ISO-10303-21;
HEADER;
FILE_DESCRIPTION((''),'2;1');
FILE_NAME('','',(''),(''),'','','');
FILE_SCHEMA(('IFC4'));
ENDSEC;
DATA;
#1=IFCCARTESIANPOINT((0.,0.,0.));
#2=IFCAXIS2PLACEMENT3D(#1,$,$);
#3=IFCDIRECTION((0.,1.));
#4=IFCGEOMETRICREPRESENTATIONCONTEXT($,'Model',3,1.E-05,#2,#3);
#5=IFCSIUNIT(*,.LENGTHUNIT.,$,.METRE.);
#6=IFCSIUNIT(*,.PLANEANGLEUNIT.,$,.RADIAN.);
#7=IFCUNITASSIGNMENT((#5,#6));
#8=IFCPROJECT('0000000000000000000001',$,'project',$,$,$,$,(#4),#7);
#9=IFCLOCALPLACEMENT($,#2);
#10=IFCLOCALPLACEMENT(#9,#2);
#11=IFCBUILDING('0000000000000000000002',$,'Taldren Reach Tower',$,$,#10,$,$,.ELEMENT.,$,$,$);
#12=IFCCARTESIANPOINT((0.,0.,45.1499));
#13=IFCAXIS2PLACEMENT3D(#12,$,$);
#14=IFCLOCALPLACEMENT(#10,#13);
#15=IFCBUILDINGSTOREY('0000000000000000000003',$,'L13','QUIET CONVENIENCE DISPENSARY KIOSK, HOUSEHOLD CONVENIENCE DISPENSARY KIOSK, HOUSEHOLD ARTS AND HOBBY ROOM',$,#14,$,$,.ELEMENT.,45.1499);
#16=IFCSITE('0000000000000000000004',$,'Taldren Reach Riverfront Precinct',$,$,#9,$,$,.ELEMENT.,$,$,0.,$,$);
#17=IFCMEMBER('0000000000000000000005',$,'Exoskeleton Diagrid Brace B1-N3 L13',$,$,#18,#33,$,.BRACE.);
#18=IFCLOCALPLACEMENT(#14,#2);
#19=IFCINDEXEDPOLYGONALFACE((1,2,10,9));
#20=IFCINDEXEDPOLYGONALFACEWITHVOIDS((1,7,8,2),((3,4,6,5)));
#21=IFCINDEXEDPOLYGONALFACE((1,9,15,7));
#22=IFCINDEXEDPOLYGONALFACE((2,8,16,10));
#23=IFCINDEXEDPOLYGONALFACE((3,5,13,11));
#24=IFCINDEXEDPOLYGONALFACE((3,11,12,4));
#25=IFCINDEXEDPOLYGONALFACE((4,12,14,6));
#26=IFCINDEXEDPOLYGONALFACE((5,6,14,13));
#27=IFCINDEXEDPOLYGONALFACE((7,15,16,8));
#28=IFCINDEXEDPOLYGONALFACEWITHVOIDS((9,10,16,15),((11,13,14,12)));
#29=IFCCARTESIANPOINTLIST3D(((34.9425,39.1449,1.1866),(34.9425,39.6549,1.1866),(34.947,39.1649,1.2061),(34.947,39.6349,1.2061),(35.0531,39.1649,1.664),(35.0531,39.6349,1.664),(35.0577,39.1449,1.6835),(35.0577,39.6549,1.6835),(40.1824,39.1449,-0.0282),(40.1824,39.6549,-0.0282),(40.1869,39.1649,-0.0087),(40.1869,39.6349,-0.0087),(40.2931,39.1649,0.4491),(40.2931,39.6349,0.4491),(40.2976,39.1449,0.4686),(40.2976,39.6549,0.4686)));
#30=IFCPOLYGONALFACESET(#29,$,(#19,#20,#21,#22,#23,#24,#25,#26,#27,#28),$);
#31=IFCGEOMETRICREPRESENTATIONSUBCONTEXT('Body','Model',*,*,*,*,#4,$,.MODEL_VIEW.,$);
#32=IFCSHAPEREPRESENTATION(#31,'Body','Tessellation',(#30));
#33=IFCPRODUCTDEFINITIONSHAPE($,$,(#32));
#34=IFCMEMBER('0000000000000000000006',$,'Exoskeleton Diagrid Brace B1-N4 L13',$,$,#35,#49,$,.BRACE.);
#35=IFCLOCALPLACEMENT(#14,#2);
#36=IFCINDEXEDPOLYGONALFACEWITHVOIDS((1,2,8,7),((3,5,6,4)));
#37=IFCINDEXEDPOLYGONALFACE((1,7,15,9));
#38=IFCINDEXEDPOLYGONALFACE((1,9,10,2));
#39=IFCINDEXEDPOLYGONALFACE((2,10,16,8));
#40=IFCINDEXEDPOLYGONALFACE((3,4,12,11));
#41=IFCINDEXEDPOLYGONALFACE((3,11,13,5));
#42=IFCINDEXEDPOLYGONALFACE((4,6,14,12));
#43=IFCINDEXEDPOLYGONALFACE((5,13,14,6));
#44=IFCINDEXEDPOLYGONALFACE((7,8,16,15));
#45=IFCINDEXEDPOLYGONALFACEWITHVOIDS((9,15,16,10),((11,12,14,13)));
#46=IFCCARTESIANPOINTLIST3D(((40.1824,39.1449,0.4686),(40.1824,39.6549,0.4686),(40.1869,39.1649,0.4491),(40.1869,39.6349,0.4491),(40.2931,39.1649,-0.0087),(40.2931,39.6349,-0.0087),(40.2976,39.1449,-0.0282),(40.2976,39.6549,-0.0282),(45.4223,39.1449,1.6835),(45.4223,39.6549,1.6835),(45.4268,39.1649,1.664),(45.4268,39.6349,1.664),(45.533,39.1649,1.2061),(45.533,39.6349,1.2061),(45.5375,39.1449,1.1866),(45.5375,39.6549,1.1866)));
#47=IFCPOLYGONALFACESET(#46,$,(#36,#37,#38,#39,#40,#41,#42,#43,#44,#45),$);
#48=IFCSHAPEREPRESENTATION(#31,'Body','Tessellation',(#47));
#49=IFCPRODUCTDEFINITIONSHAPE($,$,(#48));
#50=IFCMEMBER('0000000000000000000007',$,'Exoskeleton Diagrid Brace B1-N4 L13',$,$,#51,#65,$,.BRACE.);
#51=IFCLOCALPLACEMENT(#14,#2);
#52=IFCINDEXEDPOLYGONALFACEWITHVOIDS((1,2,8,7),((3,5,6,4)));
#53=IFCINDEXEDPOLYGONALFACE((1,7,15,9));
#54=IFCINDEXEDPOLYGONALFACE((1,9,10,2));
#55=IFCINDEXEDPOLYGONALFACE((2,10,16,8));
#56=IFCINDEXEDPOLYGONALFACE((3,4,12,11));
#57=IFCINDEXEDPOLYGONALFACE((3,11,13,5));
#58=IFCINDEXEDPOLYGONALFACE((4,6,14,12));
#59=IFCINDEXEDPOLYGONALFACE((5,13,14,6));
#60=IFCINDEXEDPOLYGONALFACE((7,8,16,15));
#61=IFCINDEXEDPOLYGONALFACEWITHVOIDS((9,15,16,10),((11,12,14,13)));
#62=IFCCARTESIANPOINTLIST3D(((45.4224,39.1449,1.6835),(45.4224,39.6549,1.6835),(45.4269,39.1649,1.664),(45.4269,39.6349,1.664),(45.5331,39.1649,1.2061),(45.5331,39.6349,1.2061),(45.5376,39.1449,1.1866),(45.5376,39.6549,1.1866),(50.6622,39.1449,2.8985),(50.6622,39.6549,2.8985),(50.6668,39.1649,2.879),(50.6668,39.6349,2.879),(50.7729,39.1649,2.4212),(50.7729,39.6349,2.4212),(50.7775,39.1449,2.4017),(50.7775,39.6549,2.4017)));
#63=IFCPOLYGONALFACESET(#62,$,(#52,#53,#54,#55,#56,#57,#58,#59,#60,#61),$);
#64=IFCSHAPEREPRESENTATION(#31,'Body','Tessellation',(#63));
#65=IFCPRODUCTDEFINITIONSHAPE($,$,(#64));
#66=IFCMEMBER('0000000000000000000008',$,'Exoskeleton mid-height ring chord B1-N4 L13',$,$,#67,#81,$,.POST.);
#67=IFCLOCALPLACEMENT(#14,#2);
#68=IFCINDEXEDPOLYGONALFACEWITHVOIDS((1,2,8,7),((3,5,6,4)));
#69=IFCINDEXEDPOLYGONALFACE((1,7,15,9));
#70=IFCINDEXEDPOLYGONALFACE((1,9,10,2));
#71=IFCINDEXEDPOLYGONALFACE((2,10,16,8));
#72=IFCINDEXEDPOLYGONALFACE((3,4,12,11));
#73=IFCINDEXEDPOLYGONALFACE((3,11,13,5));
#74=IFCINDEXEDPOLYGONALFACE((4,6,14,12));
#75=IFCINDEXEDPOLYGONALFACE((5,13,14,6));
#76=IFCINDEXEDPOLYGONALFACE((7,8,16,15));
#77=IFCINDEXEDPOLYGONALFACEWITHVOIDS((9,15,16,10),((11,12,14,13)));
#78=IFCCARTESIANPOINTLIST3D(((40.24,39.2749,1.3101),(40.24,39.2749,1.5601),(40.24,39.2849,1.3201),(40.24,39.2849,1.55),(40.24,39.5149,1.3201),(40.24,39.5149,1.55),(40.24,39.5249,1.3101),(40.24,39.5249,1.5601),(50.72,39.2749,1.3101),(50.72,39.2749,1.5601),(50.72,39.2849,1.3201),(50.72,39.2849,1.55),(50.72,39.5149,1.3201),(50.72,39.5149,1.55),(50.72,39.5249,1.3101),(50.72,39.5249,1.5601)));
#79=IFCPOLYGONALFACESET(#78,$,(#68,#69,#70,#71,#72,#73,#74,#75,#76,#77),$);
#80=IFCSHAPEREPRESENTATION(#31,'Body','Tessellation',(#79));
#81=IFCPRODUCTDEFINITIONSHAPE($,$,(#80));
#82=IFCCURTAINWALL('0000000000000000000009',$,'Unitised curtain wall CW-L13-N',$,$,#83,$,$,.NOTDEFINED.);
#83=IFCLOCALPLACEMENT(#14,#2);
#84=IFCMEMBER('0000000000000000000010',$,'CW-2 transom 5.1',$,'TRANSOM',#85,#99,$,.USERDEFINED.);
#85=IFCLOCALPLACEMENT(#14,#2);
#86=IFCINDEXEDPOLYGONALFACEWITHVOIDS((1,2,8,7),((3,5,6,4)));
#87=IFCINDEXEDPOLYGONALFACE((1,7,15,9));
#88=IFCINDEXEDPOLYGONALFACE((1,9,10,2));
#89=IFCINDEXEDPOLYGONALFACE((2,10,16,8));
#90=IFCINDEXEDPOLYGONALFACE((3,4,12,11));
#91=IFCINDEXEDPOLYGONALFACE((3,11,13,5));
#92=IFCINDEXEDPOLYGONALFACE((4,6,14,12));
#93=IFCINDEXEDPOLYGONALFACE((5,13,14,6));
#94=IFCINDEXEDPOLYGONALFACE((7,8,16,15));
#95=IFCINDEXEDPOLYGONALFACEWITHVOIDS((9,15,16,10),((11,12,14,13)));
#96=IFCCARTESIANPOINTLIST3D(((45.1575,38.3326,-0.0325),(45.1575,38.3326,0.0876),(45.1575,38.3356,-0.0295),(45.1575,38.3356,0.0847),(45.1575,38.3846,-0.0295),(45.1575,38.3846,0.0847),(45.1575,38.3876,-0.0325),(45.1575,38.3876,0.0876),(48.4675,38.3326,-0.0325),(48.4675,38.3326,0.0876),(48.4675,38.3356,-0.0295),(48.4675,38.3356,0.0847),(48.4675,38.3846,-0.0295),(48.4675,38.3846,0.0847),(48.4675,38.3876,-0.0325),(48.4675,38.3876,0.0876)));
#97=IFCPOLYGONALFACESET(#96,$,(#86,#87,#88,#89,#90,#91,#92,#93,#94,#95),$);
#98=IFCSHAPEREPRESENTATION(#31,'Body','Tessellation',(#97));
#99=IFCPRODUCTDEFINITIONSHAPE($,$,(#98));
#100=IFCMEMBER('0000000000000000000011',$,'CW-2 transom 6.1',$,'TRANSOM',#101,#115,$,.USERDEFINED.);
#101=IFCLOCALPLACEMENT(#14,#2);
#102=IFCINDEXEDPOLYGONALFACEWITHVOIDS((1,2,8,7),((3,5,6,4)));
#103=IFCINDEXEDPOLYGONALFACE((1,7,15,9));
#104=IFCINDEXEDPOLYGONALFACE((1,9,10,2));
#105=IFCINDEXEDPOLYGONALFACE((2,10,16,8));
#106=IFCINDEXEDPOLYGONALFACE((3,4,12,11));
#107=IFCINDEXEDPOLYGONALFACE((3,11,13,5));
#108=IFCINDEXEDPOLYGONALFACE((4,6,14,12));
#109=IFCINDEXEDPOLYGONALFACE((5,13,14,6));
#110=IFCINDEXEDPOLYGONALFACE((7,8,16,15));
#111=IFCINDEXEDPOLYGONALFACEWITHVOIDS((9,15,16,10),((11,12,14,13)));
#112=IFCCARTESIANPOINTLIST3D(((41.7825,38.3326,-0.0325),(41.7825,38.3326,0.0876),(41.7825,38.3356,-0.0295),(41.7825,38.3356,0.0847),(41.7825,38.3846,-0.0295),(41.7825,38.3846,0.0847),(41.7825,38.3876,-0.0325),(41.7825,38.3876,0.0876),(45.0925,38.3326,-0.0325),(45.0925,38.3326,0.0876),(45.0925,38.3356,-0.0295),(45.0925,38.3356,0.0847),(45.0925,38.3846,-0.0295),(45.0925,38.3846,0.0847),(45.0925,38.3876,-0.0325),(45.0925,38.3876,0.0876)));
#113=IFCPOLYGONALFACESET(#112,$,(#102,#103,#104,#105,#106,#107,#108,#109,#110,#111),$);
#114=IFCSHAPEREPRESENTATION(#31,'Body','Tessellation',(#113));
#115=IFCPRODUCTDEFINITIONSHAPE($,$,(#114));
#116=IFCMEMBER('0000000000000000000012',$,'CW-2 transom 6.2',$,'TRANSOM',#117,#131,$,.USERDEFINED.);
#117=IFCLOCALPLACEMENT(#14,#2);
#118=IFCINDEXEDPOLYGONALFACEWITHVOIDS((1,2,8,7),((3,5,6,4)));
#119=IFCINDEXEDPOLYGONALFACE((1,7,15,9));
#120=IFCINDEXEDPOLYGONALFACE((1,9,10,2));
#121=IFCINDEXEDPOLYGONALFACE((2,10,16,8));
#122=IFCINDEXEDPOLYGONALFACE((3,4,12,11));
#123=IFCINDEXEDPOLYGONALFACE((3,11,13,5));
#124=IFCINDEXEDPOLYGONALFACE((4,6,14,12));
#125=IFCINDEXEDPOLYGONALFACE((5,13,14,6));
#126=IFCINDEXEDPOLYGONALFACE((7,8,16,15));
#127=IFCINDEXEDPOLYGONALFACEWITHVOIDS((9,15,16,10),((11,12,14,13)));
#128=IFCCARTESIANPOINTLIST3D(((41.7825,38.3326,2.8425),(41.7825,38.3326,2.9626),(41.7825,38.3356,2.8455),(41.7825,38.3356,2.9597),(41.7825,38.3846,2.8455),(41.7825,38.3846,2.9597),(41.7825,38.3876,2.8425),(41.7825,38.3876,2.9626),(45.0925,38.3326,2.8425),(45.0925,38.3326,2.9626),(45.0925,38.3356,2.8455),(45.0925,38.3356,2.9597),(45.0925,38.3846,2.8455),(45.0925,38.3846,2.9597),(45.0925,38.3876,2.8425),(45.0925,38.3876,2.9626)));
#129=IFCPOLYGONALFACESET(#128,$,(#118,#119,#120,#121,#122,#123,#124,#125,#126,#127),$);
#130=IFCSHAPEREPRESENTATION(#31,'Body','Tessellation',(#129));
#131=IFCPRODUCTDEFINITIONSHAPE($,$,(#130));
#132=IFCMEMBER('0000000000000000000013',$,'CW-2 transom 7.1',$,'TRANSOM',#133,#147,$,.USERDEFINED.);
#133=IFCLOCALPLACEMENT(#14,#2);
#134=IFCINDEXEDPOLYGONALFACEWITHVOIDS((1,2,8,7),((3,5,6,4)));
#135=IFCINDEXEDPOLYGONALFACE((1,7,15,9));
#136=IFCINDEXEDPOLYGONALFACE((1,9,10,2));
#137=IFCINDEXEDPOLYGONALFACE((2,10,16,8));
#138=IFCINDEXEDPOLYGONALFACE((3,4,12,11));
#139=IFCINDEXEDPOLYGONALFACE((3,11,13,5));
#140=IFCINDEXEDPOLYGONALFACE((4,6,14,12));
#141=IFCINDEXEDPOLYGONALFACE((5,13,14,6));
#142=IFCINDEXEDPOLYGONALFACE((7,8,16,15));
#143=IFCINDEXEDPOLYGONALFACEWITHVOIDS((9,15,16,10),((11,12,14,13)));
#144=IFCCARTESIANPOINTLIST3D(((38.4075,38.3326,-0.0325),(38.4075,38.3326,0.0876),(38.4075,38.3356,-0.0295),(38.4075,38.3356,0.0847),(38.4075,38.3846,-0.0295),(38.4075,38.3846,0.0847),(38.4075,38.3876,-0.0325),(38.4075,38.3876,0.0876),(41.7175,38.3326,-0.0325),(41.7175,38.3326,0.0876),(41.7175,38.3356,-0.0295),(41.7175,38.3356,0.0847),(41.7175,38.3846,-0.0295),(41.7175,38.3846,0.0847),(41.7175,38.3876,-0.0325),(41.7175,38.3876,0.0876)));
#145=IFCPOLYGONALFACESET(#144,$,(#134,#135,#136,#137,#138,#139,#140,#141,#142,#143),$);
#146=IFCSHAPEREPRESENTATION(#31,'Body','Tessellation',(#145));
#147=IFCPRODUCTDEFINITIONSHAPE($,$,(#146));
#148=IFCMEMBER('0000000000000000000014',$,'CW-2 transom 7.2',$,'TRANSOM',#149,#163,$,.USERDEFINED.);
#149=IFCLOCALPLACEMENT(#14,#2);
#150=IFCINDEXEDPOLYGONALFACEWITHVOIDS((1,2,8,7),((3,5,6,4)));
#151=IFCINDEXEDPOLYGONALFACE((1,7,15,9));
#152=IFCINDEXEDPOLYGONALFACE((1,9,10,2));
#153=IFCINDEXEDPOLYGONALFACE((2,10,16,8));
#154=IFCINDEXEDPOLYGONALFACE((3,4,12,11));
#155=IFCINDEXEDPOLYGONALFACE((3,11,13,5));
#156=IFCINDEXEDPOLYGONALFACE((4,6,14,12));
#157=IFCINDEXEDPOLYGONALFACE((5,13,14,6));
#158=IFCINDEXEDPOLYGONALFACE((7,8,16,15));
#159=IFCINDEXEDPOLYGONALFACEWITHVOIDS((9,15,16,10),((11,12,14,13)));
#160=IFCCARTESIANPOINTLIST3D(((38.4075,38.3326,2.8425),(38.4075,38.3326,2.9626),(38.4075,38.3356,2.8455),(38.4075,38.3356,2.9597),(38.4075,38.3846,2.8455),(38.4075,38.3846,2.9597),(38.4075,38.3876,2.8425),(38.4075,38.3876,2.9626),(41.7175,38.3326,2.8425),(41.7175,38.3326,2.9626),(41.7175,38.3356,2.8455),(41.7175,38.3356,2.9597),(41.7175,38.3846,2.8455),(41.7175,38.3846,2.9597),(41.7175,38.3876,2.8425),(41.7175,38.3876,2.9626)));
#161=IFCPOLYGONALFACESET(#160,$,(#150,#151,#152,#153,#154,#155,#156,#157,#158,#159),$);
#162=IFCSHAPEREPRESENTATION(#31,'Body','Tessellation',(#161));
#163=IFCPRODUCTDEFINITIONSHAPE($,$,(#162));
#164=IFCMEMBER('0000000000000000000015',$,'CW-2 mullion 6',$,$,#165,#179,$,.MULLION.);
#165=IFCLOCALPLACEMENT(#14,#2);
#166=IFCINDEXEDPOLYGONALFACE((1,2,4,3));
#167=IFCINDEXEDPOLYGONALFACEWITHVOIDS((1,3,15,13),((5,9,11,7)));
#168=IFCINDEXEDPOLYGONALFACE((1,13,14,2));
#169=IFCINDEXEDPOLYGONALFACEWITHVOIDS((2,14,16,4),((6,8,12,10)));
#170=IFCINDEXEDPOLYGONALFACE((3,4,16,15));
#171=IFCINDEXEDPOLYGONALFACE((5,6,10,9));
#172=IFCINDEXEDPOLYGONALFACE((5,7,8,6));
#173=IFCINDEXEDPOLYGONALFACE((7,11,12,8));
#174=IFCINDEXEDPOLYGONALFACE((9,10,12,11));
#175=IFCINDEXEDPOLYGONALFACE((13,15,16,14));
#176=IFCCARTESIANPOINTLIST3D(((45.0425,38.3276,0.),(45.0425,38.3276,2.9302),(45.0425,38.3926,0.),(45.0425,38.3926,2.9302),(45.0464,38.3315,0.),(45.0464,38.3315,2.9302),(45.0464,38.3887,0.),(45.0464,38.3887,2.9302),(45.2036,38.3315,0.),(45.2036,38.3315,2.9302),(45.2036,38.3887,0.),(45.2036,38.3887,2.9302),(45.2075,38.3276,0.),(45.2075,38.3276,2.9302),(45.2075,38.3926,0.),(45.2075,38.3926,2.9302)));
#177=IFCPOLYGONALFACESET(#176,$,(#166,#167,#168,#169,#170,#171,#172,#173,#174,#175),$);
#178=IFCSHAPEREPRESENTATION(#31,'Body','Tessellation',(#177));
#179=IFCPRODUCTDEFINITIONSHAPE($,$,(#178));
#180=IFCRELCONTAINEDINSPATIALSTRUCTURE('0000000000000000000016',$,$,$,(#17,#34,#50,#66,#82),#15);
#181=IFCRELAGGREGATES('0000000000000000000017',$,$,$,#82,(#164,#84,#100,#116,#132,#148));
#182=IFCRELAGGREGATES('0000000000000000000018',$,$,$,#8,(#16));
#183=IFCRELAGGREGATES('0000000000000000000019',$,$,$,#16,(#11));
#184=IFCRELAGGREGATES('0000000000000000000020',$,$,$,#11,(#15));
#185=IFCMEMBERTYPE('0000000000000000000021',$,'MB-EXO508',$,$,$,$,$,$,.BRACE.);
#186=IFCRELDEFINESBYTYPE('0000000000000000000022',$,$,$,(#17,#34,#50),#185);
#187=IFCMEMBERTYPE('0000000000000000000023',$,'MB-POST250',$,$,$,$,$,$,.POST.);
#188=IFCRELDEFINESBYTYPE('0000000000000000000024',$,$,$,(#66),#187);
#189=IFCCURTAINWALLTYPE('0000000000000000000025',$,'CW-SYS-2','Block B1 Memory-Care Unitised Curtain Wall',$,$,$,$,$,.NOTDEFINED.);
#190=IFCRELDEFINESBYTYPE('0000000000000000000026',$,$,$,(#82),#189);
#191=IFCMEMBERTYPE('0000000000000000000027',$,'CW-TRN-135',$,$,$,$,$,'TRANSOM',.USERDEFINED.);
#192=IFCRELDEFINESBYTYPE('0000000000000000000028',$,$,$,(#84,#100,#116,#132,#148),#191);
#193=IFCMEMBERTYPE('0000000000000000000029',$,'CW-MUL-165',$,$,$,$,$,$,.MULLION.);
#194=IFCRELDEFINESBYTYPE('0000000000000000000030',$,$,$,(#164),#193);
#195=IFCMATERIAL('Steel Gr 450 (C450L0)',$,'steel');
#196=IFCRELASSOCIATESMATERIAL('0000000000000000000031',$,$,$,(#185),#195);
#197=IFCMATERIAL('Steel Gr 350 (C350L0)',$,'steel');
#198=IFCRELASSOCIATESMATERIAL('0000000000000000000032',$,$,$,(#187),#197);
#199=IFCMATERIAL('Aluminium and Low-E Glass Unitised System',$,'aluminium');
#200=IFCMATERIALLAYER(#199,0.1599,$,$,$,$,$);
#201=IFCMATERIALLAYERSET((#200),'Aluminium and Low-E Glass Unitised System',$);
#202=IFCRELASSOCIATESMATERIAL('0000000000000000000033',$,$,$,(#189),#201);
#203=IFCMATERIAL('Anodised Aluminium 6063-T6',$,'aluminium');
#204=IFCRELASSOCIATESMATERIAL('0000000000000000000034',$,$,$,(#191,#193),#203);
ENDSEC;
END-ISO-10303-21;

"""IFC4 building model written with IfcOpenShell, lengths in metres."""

from ifc_helpers import new_model, si_unit, direction, frame, origin, origin_2d, place, context, subcontext, project, spatial, hollow_rectangle, extrude, source, transform, mapped, material, layer, layer_set, material_profile, profile_set, type_object, element, aggregate, save


model = new_model("IFC4")

# Units and contexts
model_context = context("Model", 3, precision=1e-05, world=origin(), true_north=direction((0.0, 1.0)))
body_context = subcontext(model_context, "Body", "Model", "MODEL_VIEW")
ifc_project = project(units=[si_unit("LENGTHUNIT", "METRE"), si_unit("PLANEANGLEUNIT", "RADIAN")], contexts=[model_context])

# Site, building, storey
site_placement = place(None, origin())
site = spatial("IfcSite", under=ifc_project, at=site_placement, Name="Taldren Reach Riverfront Precinct", CompositionType="ELEMENT", RefElevation=0.0)
building_placement = place(site_placement, origin())
building = spatial("IfcBuilding", under=site, at=building_placement, Name="Taldren Reach Tower", CompositionType="ELEMENT")
storey_placement = place(building_placement, frame((0.0, 0.0, 45.1499)))
storey = spatial("IfcBuildingStorey", under=building, at=storey_placement, Name="L13", Description="QUIET CONVENIENCE DISPENSARY KIOSK, HOUSEHOLD CONVENIENCE DISPENSARY KIOSK, HOUSEHOLD ARTS AND HOBBY ROOM", CompositionType="ELEMENT", Elevation=45.1499)

# Members
ifc_material_1 = material(Name="Steel Gr 450 (C450L0)", Category="steel")
ifc_material_profile_1 = material_profile(ifc_material_1, hollow_rectangle(XDim=0.51, YDim=0.51, WallThickness=0.02, at=origin_2d()), Name="510x510x20.0SHS")
ifc_profile_set_1 = profile_set([ifc_material_profile_1], Name="Steel Gr 450 (C450L0)")
member_type_1 = type_object("IfcMemberType", Name="MB-EXO508", PredefinedType="BRACE", material=ifc_profile_set_1)
shared_shape_1 = source(origin(), body_context, "Body", "SweptSolid", [
    extrude(hollow_rectangle(XDim=0.51, YDim=0.51, WallThickness=0.02, at=origin_2d()), origin(), (0.0, 0.0, 1.0), 5.3789),
])
for number, where, z_axis, x_axis, name in (
    (1, (40.24, 39.3999, 0.2202), (-0.974162, 0.0, 0.225851), (0.0, -1.0, 0.0), "Exoskeleton Diagrid Brace B1-N3 L13"),
    (2, (40.24, 39.3999, 0.2202), (0.974162, 0.0, 0.225851), (0.0, 1.0, 0.0), "Exoskeleton Diagrid Brace B1-N4 L13"),
    (3, (45.48, 39.3999, 1.4351), (0.974152, 0.0, 0.225894), (0.0, 1.0, 0.0), "Exoskeleton Diagrid Brace B1-N4 L13"),
):
    element("IfcMember", number, at=place(storey_placement, frame(where, z_axis=z_axis, x_axis=x_axis)), inside=storey, type_object=member_type_1, Name=name, PredefinedType="BRACE", context=body_context, shape_type="MappedRepresentation", body=[
        mapped(shared_shape_1, transform((0.0, 0.0, 0.0), scale=1.0)),
    ])
ifc_material_2 = material(Name="Steel Gr 350 (C350L0)", Category="steel")
ifc_material_profile_2 = material_profile(ifc_material_2, hollow_rectangle(XDim=0.25, YDim=0.25, WallThickness=0.01, at=origin_2d()), Name="250x250x10.0SHS")
ifc_profile_set_2 = profile_set([ifc_material_profile_2], Name="Steel Gr 350 (C350L0)")
member_type_2 = type_object("IfcMemberType", Name="MB-POST250", PredefinedType="POST", material=ifc_profile_set_2)
shared_shape_2 = source(origin(), body_context, "Body", "SweptSolid", [
    extrude(hollow_rectangle(XDim=0.25, YDim=0.25, WallThickness=0.01, at=origin_2d()), origin(), (0.0, 0.0, 1.0), 10.48),
])
member_1_placement = place(storey_placement, frame((40.24, 39.3999, 1.4351), z_axis=(1.0, 0.0, 0.0), x_axis=(0.0, 1.0, 0.0)))
element("IfcMember", 4, at=member_1_placement, inside=storey, type_object=member_type_2, Name="Exoskeleton mid-height ring chord B1-N4 L13", PredefinedType="POST", context=body_context, shape_type="MappedRepresentation", body=[
    mapped(shared_shape_2, transform((0.0, 0.0, 0.0), scale=1.0)),
])

# Curtain wall, members
ifc_material_3 = material(Name="Aluminium and Low-E Glass Unitised System", Category="aluminium")
ifc_layer_1 = layer(ifc_material_3, 0.1599)
ifc_layer_set_1 = layer_set([ifc_layer_1], Name="Aluminium and Low-E Glass Unitised System")
curtain_wall_type = type_object("IfcCurtainWallType", Name="CW-SYS-2", Description="Block B1 Memory-Care Unitised Curtain Wall", PredefinedType="NOTDEFINED", material=ifc_layer_set_1)
curtain_wall_placement = place(storey_placement, origin())
curtain_wall = element("IfcCurtainWall", 5, at=curtain_wall_placement, inside=storey, type_object=curtain_wall_type, Name="Unitised curtain wall CW-L13-N", PredefinedType="NOTDEFINED")
ifc_material_4 = material(Name="Anodised Aluminium 6063-T6", Category="aluminium")
ifc_material_profile_3 = material_profile(ifc_material_4, hollow_rectangle(XDim=0.0549, YDim=0.1201, WallThickness=0.0029, at=origin_2d()), Name="ALU-120x55x3RHS")
ifc_profile_set_3 = profile_set([ifc_material_profile_3], Name="Anodised Aluminium 6063-T6")
member_type_3 = type_object("IfcMemberType", Name="CW-TRN-135", ElementType="TRANSOM", PredefinedType="USERDEFINED", material=ifc_profile_set_3)
shared_shape_3 = source(origin(), body_context, "Body", "SweptSolid", [
    extrude(hollow_rectangle(XDim=0.0549, YDim=0.1201, WallThickness=0.0029, at=origin_2d()), origin(), (0.0, 0.0, 1.0), 3.3101),
])
member_2_placement = place(storey_placement, frame((48.4675, 38.3601, 0.0276), z_axis=(-1.0, 0.0, 0.0), x_axis=(0.0, -1.0, 0.0)))
member_2 = element("IfcMember", 6, at=member_2_placement, type_object=member_type_3, Name="CW-2 transom 5.1", ObjectType="TRANSOM", PredefinedType="USERDEFINED", context=body_context, shape_type="MappedRepresentation", body=[
    mapped(shared_shape_3, transform((0.0, 0.0, 0.0), scale=1.0)),
])
member_3_placement = place(storey_placement, frame((45.0925, 38.3601, 0.0276), z_axis=(-1.0, 0.0, 0.0), x_axis=(0.0, -1.0, 0.0)))
member_3 = element("IfcMember", 7, at=member_3_placement, type_object=member_type_3, Name="CW-2 transom 6.1", ObjectType="TRANSOM", PredefinedType="USERDEFINED", context=body_context, shape_type="MappedRepresentation", body=[
    mapped(shared_shape_3, transform((0.0, 0.0, 0.0), scale=1.0)),
])
member_4_placement = place(storey_placement, frame((45.0925, 38.3601, 2.9026), z_axis=(-1.0, 0.0, 0.0), x_axis=(0.0, -1.0, 0.0)))
member_4 = element("IfcMember", 8, at=member_4_placement, type_object=member_type_3, Name="CW-2 transom 6.2", ObjectType="TRANSOM", PredefinedType="USERDEFINED", context=body_context, shape_type="MappedRepresentation", body=[
    mapped(shared_shape_3, transform((0.0, 0.0, 0.0), scale=1.0)),
])
member_5_placement = place(storey_placement, frame((41.7175, 38.3601, 0.0276), z_axis=(-1.0, 0.0, 0.0), x_axis=(0.0, -1.0, 0.0)))
member_5 = element("IfcMember", 9, at=member_5_placement, type_object=member_type_3, Name="CW-2 transom 7.1", ObjectType="TRANSOM", PredefinedType="USERDEFINED", context=body_context, shape_type="MappedRepresentation", body=[
    mapped(shared_shape_3, transform((0.0, 0.0, 0.0), scale=1.0)),
])
member_6_placement = place(storey_placement, frame((41.7175, 38.3601, 2.9026), z_axis=(-1.0, 0.0, 0.0), x_axis=(0.0, -1.0, 0.0)))
member_6 = element("IfcMember", 10, at=member_6_placement, type_object=member_type_3, Name="CW-2 transom 7.2", ObjectType="TRANSOM", PredefinedType="USERDEFINED", context=body_context, shape_type="MappedRepresentation", body=[
    mapped(shared_shape_3, transform((0.0, 0.0, 0.0), scale=1.0)),
])
ifc_material_profile_4 = material_profile(ifc_material_4, hollow_rectangle(XDim=0.0649, YDim=0.165, WallThickness=0.0039, at=origin_2d()), Name="ALU-165x65x4RHS")
ifc_profile_set_4 = profile_set([ifc_material_profile_4], Name="Anodised Aluminium 6063-T6")
member_type_4 = type_object("IfcMemberType", Name="CW-MUL-165", PredefinedType="MULLION", material=ifc_profile_set_4)
shared_shape_4 = source(origin(), body_context, "Body", "SweptSolid", [
    extrude(hollow_rectangle(XDim=0.0649, YDim=0.165, WallThickness=0.0039, at=origin_2d()), origin(), (0.0, 0.0, 1.0), 2.9302),
])
member_7_placement = place(storey_placement, frame((45.125, 38.3601, 0.0), z_axis=(0.0, 0.0, 1.0), x_axis=(0.0, -1.0, 0.0)))
member_7 = element("IfcMember", 11, at=member_7_placement, type_object=member_type_4, Name="CW-2 mullion 6", PredefinedType="MULLION", context=body_context, shape_type="MappedRepresentation", body=[
    mapped(shared_shape_4, transform((0.0, 0.0, 0.0), scale=1.0)),
])

aggregate(curtain_wall, [member_7, member_2, member_3, member_4, member_5, member_6])

save(model, "model.ifc")
